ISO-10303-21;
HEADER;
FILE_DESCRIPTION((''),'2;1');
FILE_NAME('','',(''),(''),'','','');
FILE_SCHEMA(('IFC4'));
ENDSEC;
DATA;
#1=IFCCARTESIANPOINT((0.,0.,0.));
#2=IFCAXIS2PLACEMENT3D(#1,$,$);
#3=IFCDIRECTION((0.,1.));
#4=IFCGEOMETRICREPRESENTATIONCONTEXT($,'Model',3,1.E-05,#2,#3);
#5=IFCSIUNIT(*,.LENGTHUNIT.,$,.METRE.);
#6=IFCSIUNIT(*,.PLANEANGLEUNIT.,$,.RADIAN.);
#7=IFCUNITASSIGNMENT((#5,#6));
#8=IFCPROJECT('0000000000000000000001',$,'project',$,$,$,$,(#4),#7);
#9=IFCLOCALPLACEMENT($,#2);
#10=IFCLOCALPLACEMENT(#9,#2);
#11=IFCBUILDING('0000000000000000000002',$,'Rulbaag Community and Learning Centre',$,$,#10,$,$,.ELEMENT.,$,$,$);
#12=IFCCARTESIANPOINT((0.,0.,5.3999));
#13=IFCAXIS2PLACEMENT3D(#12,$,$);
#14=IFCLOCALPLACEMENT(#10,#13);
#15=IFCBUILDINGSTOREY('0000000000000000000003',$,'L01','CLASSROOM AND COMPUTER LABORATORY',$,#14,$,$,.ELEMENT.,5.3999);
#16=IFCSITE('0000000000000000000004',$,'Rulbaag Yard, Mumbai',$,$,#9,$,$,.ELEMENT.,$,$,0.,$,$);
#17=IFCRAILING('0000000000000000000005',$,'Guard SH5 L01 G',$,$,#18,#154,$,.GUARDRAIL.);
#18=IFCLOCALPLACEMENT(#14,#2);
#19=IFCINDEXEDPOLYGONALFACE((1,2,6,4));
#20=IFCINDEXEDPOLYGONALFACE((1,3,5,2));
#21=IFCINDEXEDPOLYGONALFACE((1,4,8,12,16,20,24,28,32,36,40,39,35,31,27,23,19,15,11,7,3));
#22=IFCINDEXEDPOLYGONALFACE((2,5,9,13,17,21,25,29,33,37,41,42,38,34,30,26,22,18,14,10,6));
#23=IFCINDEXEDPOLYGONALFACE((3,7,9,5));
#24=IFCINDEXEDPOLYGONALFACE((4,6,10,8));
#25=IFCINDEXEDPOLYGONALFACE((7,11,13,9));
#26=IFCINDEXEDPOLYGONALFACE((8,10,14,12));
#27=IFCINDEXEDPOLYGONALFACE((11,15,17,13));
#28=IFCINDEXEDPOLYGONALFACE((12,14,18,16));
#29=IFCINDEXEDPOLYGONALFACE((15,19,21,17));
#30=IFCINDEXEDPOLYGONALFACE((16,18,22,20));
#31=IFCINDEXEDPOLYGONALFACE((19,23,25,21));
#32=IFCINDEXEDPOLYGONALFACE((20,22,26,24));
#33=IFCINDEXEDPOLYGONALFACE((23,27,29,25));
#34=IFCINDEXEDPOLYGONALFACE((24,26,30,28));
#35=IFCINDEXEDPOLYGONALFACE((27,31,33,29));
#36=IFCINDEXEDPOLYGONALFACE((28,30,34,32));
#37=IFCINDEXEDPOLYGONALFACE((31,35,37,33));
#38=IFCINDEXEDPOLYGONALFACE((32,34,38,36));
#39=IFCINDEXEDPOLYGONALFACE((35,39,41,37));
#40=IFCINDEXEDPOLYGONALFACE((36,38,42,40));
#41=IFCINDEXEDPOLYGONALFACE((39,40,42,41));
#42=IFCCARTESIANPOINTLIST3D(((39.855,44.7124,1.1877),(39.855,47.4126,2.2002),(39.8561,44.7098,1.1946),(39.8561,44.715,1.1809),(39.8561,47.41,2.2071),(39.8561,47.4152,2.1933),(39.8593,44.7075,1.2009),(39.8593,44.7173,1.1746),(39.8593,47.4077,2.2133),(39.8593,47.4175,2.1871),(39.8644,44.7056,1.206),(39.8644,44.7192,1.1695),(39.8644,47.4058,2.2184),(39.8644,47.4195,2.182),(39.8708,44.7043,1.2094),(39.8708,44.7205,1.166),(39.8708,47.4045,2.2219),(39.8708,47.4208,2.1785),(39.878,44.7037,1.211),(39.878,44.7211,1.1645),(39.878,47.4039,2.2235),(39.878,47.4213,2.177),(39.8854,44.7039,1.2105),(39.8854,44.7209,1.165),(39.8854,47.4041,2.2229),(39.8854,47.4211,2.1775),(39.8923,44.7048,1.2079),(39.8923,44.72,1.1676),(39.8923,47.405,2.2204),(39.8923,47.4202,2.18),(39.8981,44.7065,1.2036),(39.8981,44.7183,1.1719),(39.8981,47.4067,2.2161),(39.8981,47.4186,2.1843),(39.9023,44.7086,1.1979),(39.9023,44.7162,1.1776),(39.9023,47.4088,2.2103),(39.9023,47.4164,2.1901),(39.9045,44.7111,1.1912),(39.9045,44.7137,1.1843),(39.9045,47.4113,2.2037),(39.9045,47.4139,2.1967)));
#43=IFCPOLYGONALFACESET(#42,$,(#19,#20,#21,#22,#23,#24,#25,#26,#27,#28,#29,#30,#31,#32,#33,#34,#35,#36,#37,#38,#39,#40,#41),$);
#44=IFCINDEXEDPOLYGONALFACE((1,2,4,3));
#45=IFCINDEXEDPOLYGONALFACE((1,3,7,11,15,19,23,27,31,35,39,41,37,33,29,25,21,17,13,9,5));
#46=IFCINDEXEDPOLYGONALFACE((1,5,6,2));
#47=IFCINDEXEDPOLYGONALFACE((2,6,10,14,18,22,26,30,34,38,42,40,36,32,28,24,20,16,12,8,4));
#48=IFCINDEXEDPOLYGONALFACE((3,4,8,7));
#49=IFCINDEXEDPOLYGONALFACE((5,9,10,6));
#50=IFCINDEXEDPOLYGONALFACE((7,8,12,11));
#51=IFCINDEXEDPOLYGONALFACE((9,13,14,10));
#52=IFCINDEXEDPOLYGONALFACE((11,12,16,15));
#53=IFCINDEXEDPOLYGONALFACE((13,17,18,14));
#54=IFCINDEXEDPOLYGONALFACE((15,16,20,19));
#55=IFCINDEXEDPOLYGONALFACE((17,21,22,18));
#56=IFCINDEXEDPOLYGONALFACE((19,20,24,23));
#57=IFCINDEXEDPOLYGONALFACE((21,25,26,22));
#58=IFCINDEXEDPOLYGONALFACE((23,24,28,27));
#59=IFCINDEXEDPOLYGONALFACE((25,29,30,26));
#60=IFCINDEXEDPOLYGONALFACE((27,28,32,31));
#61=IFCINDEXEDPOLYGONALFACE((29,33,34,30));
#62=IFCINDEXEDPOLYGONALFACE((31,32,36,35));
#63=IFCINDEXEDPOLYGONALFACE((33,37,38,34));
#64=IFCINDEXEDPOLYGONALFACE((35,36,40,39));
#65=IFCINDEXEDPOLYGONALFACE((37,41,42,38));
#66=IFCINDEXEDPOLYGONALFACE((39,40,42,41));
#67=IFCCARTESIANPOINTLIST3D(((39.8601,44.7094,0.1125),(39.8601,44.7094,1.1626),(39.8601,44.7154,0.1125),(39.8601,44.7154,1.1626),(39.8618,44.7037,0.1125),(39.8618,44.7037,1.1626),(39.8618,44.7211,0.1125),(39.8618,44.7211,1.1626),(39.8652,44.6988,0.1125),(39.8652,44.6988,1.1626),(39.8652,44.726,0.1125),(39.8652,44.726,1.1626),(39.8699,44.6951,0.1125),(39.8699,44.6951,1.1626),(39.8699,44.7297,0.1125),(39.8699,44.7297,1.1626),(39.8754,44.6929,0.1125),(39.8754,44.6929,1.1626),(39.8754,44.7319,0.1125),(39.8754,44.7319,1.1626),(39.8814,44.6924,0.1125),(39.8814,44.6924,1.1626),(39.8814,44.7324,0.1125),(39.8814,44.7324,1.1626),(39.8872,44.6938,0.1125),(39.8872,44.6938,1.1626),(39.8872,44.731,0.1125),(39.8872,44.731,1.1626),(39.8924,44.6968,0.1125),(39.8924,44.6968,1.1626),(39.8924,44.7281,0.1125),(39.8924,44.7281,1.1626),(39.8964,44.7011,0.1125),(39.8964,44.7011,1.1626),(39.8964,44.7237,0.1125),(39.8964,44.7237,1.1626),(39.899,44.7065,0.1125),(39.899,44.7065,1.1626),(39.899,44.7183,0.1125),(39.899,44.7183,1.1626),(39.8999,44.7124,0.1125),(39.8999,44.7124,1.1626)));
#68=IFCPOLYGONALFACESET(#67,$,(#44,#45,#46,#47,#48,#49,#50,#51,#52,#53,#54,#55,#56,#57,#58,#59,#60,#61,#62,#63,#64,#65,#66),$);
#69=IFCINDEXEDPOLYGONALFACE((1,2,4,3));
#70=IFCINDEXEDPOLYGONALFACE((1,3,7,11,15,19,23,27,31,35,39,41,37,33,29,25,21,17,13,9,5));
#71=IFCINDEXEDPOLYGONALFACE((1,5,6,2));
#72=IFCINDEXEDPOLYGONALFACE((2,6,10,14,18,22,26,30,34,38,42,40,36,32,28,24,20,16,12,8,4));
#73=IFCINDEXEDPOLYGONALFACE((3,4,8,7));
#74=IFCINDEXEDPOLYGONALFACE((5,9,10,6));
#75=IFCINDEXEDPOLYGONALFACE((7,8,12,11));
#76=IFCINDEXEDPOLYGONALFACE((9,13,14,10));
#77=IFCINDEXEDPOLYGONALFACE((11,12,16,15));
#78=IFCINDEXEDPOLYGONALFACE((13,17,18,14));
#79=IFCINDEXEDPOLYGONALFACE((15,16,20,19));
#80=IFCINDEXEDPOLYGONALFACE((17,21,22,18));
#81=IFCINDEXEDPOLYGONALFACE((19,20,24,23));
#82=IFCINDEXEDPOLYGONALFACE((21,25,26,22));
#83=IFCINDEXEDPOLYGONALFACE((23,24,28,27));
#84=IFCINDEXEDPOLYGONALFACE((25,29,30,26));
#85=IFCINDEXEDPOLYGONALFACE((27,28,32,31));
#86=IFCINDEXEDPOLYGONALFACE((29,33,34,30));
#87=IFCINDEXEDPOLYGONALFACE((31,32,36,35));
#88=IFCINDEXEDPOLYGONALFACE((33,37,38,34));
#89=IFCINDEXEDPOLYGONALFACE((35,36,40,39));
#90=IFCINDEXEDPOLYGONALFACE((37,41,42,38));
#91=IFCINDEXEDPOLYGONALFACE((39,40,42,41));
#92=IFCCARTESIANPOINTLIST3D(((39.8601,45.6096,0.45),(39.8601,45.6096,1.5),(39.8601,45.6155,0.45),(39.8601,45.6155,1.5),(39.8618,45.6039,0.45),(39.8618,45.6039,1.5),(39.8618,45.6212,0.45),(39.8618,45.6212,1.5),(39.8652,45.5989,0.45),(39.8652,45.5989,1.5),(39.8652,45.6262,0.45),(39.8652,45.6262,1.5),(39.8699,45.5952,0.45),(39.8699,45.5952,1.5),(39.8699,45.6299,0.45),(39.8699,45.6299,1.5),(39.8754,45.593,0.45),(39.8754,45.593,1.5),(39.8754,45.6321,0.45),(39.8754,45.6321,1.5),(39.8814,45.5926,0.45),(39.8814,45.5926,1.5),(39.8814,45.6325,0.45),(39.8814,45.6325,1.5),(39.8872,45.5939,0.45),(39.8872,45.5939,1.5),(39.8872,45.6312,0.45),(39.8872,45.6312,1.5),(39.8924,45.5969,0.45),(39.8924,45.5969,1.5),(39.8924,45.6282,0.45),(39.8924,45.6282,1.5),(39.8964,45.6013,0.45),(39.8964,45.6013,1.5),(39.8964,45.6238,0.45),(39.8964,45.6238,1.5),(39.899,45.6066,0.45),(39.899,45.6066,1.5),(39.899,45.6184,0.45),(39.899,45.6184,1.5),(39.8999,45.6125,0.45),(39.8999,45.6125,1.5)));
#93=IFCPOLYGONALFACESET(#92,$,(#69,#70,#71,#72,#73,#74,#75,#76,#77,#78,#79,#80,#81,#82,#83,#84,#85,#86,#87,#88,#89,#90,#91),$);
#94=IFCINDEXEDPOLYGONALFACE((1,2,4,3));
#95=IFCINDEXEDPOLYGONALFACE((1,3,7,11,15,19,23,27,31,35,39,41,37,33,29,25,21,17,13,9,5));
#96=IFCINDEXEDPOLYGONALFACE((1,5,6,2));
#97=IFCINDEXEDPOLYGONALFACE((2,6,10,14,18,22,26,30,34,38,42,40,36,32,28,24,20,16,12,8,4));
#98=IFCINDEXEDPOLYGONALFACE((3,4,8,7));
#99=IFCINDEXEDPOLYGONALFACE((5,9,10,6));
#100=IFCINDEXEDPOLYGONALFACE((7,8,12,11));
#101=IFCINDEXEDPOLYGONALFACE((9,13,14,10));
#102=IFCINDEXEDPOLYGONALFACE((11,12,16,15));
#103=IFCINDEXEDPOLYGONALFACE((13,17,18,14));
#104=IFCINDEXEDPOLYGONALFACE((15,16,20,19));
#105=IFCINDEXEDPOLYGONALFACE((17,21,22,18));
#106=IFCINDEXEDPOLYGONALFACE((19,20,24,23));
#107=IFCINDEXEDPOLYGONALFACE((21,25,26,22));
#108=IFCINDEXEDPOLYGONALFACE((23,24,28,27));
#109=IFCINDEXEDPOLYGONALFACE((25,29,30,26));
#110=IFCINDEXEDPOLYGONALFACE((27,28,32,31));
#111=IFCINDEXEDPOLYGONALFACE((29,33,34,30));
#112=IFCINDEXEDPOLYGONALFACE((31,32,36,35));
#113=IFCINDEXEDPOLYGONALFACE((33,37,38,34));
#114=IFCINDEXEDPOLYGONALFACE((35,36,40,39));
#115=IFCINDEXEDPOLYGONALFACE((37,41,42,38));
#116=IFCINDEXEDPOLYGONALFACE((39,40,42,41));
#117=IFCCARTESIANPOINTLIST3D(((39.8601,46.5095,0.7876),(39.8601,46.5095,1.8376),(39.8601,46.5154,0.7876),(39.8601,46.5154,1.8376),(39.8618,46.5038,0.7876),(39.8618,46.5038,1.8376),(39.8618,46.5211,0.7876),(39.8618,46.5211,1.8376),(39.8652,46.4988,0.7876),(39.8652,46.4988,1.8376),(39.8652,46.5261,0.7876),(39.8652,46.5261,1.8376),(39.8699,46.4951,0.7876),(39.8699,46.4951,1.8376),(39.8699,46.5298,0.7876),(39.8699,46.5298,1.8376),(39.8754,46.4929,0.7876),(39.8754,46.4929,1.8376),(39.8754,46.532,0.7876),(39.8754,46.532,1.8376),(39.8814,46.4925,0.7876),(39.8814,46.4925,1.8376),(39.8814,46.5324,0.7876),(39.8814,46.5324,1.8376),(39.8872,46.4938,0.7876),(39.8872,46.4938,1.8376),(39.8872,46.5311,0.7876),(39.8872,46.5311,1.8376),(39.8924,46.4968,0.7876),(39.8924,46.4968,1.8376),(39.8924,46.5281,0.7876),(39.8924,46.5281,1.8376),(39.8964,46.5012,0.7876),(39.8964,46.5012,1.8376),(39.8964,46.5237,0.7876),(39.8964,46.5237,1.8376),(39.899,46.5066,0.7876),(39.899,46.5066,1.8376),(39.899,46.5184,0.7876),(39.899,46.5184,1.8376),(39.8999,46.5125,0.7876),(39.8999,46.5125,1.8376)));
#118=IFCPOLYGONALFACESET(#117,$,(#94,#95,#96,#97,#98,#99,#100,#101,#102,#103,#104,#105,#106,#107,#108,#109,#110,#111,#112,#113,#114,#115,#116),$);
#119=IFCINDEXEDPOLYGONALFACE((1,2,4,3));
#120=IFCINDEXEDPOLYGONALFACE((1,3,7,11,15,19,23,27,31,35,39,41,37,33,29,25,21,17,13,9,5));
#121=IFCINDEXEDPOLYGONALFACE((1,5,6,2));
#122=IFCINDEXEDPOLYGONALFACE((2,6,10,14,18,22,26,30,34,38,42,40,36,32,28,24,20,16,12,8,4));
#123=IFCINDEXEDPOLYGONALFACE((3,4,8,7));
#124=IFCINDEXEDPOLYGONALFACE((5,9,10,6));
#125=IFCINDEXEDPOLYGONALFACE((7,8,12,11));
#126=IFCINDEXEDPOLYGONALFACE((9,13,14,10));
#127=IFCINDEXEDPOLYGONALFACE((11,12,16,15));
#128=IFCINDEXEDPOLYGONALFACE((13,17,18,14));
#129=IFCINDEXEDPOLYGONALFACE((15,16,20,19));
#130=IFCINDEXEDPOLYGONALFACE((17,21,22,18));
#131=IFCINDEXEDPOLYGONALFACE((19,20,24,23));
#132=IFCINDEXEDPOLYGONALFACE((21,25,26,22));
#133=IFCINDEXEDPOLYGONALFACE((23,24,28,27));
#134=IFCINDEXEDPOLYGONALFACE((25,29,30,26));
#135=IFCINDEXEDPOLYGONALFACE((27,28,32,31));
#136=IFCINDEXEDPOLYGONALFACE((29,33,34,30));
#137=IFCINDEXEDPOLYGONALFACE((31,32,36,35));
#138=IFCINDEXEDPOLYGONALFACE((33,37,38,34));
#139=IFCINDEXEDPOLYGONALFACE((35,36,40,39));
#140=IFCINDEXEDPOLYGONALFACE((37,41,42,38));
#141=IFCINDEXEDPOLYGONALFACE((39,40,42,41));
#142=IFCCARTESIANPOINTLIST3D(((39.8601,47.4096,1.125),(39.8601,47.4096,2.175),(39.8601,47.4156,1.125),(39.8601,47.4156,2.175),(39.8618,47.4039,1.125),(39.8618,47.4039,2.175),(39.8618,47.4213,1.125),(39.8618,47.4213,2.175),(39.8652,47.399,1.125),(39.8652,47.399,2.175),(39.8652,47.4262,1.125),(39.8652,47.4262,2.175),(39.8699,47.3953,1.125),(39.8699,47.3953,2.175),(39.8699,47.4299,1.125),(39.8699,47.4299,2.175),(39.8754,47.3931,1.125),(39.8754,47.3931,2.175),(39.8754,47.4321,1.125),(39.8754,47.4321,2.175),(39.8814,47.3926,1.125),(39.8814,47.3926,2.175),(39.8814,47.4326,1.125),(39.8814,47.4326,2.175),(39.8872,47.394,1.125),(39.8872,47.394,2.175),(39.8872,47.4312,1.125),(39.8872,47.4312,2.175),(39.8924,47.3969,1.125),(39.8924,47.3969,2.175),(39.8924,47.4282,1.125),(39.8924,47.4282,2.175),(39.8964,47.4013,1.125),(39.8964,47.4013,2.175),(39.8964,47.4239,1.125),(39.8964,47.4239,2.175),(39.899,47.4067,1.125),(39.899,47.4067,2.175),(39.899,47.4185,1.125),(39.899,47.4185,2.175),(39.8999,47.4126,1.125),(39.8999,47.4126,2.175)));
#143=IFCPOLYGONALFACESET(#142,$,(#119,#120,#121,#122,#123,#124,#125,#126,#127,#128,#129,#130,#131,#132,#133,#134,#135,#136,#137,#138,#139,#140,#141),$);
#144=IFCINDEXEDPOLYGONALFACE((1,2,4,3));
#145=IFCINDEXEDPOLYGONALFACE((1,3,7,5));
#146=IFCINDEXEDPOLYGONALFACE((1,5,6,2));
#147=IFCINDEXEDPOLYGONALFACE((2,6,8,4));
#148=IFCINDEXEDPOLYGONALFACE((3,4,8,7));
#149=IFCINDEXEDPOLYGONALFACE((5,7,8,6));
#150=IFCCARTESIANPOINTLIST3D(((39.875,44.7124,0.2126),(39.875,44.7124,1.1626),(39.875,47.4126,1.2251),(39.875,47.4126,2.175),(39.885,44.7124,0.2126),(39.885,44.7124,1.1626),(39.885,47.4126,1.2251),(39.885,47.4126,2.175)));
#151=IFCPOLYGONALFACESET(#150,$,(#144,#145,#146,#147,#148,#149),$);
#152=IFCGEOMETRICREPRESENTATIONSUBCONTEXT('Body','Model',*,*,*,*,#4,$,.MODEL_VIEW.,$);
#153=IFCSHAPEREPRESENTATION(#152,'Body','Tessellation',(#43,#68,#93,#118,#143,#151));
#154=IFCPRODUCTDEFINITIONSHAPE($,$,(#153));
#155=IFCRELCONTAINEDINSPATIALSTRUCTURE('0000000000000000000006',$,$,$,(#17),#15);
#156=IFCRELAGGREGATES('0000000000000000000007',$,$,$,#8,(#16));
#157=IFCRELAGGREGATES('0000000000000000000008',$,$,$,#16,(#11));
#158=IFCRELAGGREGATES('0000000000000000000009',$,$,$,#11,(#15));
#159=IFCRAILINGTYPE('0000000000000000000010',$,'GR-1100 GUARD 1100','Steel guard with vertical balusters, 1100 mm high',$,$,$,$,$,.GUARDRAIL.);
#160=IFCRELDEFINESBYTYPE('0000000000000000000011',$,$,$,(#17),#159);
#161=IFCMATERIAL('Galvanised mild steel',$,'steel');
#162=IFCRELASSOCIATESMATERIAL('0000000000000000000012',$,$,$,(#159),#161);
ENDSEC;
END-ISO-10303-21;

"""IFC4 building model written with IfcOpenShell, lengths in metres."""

from ifc_helpers import new_model, si_unit, direction, frame, origin, origin_2d, place, context, subcontext, project, spatial, polyline, circle, outline, extrude, material, type_object, element, save


model = new_model("IFC4")

# Units and contexts
model_context = context("Model", 3, precision=1e-05, world=origin(), true_north=direction((0.0, 1.0)))
body_context = subcontext(model_context, "Body", "Model", "MODEL_VIEW")
ifc_project = project(units=[si_unit("LENGTHUNIT", "METRE"), si_unit("PLANEANGLEUNIT", "RADIAN")], contexts=[model_context])

# Site, building, storey
site_placement = place(None, origin())
site = spatial("IfcSite", under=ifc_project, at=site_placement, Name="Rulbaag Yard, Mumbai", CompositionType="ELEMENT", RefElevation=0.0)
building_placement = place(site_placement, origin())
building = spatial("IfcBuilding", under=site, at=building_placement, Name="Rulbaag Community and Learning Centre", CompositionType="ELEMENT")
storey_placement = place(building_placement, frame((0.0, 0.0, 5.3999)))
storey = spatial("IfcBuildingStorey", under=building, at=storey_placement, Name="L01", Description="CLASSROOM AND COMPUTER LABORATORY", CompositionType="ELEMENT", Elevation=5.3999)

# Railing
ifc_material_1 = material(Name="Galvanised mild steel", Category="steel")
railing_type_1 = type_object("IfcRailingType", Name="GR-1100 GUARD 1100", Description="Steel guard with vertical balusters, 1100 mm high", PredefinedType="GUARDRAIL", material=ifc_material_1)
railing_1_placement = place(storey_placement, frame((39.8799, 44.7124, 0.1125)))
element("IfcRailing", 1, at=railing_1_placement, inside=storey, type_object=railing_type_1, Name="Guard SH5 L01 G", PredefinedType="GUARDRAIL", context=body_context, shape_type="SweptSolid", body=[
    extrude(circle(Radius=0.0249, at=origin_2d()), frame((0.0, 0.0, 1.0752), z_axis=(0.0, 0.936343, 0.351086), x_axis=(-1.0, 0.0, 0.0)), (0.0, 0.0, 1.0), 2.8838),
    extrude(circle(Radius=0.02, at=origin_2d()), origin(), (0.0, 0.0, 1.0), 1.05),
    extrude(circle(Radius=0.02, at=origin_2d()), frame((0.0, 0.9001, 0.3374)), (0.0, 0.0, 1.0), 1.05),
    extrude(circle(Radius=0.02, at=origin_2d()), frame((0.0, 1.8, 0.675)), (0.0, 0.0, 1.0), 1.05),
    extrude(circle(Radius=0.02, at=origin_2d()), frame((0.0, 2.7002, 1.0125)), (0.0, 0.0, 1.0), 1.05),
    extrude(outline(polyline([(0.0, 0.0), (2.7002, 1.0125), (2.7002, 1.9624), (0.0, 0.95), (0.0, 0.0)])), frame((-0.0049, 0.0, 0.1001), z_axis=(1.0, 0.0, 0.0), x_axis=(0.0, 1.0, 0.0)), (0.0, 0.0, 1.0), 0.01),
])

save(model, "model.ifc")
